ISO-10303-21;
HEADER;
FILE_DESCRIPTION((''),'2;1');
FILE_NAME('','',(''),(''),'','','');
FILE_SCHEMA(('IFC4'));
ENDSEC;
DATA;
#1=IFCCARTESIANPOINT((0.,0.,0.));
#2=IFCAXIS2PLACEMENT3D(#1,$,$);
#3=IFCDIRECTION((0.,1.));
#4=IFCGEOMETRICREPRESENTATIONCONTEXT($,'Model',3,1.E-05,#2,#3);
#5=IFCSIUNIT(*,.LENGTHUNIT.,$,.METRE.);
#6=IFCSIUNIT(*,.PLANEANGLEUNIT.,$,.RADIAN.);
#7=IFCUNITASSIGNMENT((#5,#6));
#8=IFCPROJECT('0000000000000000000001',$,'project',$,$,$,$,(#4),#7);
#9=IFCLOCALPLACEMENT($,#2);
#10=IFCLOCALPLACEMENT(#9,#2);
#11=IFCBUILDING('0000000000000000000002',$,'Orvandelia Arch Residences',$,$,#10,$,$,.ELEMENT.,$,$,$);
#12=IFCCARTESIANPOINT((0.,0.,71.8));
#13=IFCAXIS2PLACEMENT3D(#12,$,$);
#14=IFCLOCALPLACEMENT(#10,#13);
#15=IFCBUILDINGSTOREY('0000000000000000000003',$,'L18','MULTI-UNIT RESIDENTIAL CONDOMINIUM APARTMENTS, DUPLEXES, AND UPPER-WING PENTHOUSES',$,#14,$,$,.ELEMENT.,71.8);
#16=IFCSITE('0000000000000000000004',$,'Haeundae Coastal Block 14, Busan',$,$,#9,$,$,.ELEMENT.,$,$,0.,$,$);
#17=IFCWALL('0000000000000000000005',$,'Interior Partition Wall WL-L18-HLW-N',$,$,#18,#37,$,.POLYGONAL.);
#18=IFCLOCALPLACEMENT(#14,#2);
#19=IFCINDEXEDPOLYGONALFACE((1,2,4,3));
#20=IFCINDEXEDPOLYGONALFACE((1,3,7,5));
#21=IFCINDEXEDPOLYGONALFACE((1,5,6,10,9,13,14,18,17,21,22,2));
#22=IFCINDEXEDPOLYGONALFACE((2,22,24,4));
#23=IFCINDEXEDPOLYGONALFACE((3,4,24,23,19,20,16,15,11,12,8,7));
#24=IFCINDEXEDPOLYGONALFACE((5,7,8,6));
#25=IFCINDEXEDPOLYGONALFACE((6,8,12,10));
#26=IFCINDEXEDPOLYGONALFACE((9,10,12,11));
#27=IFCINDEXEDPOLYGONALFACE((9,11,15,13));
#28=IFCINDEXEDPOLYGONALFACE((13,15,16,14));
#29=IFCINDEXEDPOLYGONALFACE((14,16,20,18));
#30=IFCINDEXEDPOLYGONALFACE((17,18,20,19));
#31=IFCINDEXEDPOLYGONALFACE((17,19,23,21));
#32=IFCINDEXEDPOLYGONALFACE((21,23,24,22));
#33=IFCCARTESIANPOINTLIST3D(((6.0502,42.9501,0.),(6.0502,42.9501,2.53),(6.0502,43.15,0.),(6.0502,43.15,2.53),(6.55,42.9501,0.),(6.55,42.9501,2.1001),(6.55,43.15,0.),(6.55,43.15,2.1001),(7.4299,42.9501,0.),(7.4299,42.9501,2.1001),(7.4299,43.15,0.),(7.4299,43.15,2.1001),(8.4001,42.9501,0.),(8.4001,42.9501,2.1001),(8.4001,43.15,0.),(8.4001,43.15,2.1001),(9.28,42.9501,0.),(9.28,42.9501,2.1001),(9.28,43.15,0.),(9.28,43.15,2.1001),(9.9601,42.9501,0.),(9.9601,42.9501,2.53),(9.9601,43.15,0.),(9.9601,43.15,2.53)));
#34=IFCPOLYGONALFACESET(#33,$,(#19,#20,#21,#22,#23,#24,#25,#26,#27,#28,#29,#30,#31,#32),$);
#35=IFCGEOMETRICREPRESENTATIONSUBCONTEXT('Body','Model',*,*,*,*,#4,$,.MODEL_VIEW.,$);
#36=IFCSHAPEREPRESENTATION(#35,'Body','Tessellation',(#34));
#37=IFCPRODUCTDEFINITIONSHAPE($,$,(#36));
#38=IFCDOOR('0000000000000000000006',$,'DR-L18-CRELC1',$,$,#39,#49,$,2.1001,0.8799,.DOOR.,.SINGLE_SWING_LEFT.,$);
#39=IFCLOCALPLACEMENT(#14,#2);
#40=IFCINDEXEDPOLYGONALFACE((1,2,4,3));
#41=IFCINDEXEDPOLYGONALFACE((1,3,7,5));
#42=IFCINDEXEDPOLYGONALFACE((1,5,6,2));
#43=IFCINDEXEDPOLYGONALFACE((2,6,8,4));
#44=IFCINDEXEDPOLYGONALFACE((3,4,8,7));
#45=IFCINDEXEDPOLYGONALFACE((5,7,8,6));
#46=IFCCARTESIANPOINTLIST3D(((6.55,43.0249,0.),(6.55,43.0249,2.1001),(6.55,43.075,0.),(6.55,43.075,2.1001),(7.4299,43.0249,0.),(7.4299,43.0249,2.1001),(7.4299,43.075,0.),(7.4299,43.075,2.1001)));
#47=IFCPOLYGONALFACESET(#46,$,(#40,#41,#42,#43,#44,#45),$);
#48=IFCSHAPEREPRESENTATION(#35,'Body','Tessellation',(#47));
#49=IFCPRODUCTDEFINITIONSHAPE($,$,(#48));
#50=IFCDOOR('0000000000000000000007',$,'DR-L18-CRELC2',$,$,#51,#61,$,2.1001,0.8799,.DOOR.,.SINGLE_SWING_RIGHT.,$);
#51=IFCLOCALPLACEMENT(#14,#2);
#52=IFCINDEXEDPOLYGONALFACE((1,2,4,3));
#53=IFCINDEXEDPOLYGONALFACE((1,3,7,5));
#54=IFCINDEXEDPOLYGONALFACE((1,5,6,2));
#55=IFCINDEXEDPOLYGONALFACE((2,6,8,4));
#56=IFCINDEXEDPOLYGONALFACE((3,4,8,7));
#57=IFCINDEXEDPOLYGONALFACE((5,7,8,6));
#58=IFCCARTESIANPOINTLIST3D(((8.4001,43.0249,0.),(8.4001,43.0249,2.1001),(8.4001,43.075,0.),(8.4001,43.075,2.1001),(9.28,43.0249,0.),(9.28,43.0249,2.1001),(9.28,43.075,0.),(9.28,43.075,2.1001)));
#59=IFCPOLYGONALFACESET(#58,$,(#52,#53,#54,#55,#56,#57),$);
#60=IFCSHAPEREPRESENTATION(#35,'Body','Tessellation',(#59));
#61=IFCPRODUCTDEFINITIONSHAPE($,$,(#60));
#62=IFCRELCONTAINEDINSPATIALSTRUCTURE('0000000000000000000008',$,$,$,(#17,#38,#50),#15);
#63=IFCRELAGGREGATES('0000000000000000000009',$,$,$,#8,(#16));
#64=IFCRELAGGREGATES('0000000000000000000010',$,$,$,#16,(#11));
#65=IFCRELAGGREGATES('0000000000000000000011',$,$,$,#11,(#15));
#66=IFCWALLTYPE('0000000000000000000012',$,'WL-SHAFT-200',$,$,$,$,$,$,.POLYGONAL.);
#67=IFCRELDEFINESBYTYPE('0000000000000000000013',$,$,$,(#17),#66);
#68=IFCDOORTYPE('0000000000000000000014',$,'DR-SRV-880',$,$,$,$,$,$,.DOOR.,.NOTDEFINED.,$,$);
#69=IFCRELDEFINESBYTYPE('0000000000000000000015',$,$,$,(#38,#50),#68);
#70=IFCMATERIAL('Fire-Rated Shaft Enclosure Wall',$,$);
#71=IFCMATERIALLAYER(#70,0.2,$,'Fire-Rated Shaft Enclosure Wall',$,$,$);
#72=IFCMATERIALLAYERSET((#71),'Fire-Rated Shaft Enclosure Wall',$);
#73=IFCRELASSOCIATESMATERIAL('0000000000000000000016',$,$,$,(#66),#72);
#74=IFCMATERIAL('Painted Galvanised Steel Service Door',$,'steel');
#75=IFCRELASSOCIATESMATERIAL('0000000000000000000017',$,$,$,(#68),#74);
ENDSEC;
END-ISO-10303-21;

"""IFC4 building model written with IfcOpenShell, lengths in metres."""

from ifc_helpers import new_model, si_unit, direction, frame, frame_2d, origin, place, context, subcontext, project, spatial, rectangle, extrude, material, layer, layer_set, type_object, element, fill, save


model = new_model("IFC4")

# Units and contexts
model_context = context("Model", 3, precision=1e-05, world=origin(), true_north=direction((0.0, 1.0)))
body_context = subcontext(model_context, "Body", "Model", "MODEL_VIEW")
ifc_project = project(units=[si_unit("LENGTHUNIT", "METRE"), si_unit("PLANEANGLEUNIT", "RADIAN")], contexts=[model_context])

# Site, building, storey
site_placement = place(None, origin())
site = spatial("IfcSite", under=ifc_project, at=site_placement, Name="Haeundae Coastal Block 14, Busan", CompositionType="ELEMENT", RefElevation=0.0)
building_placement = place(site_placement, origin())
building = spatial("IfcBuilding", under=site, at=building_placement, Name="Orvandelia Arch Residences", CompositionType="ELEMENT")
storey_placement = place(building_placement, frame((0.0, 0.0, 71.8)))
storey = spatial("IfcBuildingStorey", under=building, at=storey_placement, Name="L18", Description="MULTI-UNIT RESIDENTIAL CONDOMINIUM APARTMENTS, DUPLEXES, AND UPPER-WING PENTHOUSES", CompositionType="ELEMENT", Elevation=71.8)

# Wall, openings, doors
ifc_material_1 = material(Name="Fire-Rated Shaft Enclosure Wall")
ifc_layer_1 = layer(ifc_material_1, 0.2, Name="Fire-Rated Shaft Enclosure Wall")
ifc_layer_set_1 = layer_set([ifc_layer_1], Name="Fire-Rated Shaft Enclosure Wall")
wall_type_1 = type_object("IfcWallType", Name="WL-SHAFT-200", PredefinedType="POLYGONAL", material=ifc_layer_set_1)
wall_1_placement = place(storey_placement, frame((6.05, 43.05, 0.0), z_axis=(0.0, 0.0, 1.0), x_axis=(1.0, 0.0, 0.0)))
wall_1 = element("IfcWall", 1, at=wall_1_placement, inside=storey, type_object=wall_type_1, Name="Interior Partition Wall WL-L18-HLW-N", PredefinedType="POLYGONAL", context=body_context, shape_type="SweptSolid", body=[
    extrude(rectangle(XDim=3.9099, YDim=0.2, at=frame_2d((1.9551, 0.0))), origin(), (0.0, 0.0, 1.0), 2.53),
])
opening_1_placement = place(wall_1_placement, frame((0.5, 0.0, 0.0)))
opening_1 = element("IfcOpeningElement", 2, at=opening_1_placement, cuts=wall_1, PredefinedType="OPENING", context=body_context, shape_type="SweptSolid", body=[
    extrude(rectangle(XDim=0.8799, YDim=2.1001, at=frame_2d((0.4399, 1.05))), frame((0.0, 0.1099, 0.0), z_axis=(0.0, -1.0, 0.0), x_axis=(1.0, 0.0, 0.0)), (0.0, 0.0, 1.0), 0.22),
])
opening_2_placement = place(wall_1_placement, frame((2.3501, 0.0, 0.0)))
opening_2 = element("IfcOpeningElement", 3, at=opening_2_placement, cuts=wall_1, PredefinedType="OPENING", context=body_context, shape_type="SweptSolid", body=[
    extrude(rectangle(XDim=0.8799, YDim=2.1001, at=frame_2d((0.4399, 1.05))), frame((0.0, 0.1099, 0.0), z_axis=(0.0, -1.0, 0.0), x_axis=(1.0, 0.0, 0.0)), (0.0, 0.0, 1.0), 0.22),
])
ifc_material_2 = material(Name="Painted Galvanised Steel Service Door", Category="steel")
door_type = type_object("IfcDoorType", Name="DR-SRV-880", OperationType="NOTDEFINED", PredefinedType="DOOR", material=ifc_material_2)
door_1_placement = place(opening_1_placement, origin())
door_1 = element("IfcDoor", 4, at=door_1_placement, inside=storey, type_object=door_type, Name="DR-L18-CRELC1", OperationType="SINGLE_SWING_LEFT", OverallHeight=2.1001, OverallWidth=0.8799, PredefinedType="DOOR", context=body_context, shape_type="SweptSolid", body=[
    extrude(rectangle(XDim=0.8799, YDim=2.1001, at=frame_2d((0.4399, 1.05))), frame((0.0, 0.0249, 0.0), z_axis=(0.0, -1.0, 0.0), x_axis=(1.0, 0.0, 0.0)), (0.0, 0.0, 1.0), 0.05),
])
fill(opening_1, door_1)
door_2_placement = place(opening_2_placement, origin())
door_2 = element("IfcDoor", 5, at=door_2_placement, inside=storey, type_object=door_type, Name="DR-L18-CRELC2", OperationType="SINGLE_SWING_RIGHT", OverallHeight=2.1001, OverallWidth=0.8799, PredefinedType="DOOR", context=body_context, shape_type="SweptSolid", body=[
    extrude(rectangle(XDim=0.8799, YDim=2.1001, at=frame_2d((0.4399, 1.05))), frame((0.0, 0.0249, 0.0), z_axis=(0.0, -1.0, 0.0), x_axis=(1.0, 0.0, 0.0)), (0.0, 0.0, 1.0), 0.05),
])
fill(opening_2, door_2)

save(model, "model.ifc")
